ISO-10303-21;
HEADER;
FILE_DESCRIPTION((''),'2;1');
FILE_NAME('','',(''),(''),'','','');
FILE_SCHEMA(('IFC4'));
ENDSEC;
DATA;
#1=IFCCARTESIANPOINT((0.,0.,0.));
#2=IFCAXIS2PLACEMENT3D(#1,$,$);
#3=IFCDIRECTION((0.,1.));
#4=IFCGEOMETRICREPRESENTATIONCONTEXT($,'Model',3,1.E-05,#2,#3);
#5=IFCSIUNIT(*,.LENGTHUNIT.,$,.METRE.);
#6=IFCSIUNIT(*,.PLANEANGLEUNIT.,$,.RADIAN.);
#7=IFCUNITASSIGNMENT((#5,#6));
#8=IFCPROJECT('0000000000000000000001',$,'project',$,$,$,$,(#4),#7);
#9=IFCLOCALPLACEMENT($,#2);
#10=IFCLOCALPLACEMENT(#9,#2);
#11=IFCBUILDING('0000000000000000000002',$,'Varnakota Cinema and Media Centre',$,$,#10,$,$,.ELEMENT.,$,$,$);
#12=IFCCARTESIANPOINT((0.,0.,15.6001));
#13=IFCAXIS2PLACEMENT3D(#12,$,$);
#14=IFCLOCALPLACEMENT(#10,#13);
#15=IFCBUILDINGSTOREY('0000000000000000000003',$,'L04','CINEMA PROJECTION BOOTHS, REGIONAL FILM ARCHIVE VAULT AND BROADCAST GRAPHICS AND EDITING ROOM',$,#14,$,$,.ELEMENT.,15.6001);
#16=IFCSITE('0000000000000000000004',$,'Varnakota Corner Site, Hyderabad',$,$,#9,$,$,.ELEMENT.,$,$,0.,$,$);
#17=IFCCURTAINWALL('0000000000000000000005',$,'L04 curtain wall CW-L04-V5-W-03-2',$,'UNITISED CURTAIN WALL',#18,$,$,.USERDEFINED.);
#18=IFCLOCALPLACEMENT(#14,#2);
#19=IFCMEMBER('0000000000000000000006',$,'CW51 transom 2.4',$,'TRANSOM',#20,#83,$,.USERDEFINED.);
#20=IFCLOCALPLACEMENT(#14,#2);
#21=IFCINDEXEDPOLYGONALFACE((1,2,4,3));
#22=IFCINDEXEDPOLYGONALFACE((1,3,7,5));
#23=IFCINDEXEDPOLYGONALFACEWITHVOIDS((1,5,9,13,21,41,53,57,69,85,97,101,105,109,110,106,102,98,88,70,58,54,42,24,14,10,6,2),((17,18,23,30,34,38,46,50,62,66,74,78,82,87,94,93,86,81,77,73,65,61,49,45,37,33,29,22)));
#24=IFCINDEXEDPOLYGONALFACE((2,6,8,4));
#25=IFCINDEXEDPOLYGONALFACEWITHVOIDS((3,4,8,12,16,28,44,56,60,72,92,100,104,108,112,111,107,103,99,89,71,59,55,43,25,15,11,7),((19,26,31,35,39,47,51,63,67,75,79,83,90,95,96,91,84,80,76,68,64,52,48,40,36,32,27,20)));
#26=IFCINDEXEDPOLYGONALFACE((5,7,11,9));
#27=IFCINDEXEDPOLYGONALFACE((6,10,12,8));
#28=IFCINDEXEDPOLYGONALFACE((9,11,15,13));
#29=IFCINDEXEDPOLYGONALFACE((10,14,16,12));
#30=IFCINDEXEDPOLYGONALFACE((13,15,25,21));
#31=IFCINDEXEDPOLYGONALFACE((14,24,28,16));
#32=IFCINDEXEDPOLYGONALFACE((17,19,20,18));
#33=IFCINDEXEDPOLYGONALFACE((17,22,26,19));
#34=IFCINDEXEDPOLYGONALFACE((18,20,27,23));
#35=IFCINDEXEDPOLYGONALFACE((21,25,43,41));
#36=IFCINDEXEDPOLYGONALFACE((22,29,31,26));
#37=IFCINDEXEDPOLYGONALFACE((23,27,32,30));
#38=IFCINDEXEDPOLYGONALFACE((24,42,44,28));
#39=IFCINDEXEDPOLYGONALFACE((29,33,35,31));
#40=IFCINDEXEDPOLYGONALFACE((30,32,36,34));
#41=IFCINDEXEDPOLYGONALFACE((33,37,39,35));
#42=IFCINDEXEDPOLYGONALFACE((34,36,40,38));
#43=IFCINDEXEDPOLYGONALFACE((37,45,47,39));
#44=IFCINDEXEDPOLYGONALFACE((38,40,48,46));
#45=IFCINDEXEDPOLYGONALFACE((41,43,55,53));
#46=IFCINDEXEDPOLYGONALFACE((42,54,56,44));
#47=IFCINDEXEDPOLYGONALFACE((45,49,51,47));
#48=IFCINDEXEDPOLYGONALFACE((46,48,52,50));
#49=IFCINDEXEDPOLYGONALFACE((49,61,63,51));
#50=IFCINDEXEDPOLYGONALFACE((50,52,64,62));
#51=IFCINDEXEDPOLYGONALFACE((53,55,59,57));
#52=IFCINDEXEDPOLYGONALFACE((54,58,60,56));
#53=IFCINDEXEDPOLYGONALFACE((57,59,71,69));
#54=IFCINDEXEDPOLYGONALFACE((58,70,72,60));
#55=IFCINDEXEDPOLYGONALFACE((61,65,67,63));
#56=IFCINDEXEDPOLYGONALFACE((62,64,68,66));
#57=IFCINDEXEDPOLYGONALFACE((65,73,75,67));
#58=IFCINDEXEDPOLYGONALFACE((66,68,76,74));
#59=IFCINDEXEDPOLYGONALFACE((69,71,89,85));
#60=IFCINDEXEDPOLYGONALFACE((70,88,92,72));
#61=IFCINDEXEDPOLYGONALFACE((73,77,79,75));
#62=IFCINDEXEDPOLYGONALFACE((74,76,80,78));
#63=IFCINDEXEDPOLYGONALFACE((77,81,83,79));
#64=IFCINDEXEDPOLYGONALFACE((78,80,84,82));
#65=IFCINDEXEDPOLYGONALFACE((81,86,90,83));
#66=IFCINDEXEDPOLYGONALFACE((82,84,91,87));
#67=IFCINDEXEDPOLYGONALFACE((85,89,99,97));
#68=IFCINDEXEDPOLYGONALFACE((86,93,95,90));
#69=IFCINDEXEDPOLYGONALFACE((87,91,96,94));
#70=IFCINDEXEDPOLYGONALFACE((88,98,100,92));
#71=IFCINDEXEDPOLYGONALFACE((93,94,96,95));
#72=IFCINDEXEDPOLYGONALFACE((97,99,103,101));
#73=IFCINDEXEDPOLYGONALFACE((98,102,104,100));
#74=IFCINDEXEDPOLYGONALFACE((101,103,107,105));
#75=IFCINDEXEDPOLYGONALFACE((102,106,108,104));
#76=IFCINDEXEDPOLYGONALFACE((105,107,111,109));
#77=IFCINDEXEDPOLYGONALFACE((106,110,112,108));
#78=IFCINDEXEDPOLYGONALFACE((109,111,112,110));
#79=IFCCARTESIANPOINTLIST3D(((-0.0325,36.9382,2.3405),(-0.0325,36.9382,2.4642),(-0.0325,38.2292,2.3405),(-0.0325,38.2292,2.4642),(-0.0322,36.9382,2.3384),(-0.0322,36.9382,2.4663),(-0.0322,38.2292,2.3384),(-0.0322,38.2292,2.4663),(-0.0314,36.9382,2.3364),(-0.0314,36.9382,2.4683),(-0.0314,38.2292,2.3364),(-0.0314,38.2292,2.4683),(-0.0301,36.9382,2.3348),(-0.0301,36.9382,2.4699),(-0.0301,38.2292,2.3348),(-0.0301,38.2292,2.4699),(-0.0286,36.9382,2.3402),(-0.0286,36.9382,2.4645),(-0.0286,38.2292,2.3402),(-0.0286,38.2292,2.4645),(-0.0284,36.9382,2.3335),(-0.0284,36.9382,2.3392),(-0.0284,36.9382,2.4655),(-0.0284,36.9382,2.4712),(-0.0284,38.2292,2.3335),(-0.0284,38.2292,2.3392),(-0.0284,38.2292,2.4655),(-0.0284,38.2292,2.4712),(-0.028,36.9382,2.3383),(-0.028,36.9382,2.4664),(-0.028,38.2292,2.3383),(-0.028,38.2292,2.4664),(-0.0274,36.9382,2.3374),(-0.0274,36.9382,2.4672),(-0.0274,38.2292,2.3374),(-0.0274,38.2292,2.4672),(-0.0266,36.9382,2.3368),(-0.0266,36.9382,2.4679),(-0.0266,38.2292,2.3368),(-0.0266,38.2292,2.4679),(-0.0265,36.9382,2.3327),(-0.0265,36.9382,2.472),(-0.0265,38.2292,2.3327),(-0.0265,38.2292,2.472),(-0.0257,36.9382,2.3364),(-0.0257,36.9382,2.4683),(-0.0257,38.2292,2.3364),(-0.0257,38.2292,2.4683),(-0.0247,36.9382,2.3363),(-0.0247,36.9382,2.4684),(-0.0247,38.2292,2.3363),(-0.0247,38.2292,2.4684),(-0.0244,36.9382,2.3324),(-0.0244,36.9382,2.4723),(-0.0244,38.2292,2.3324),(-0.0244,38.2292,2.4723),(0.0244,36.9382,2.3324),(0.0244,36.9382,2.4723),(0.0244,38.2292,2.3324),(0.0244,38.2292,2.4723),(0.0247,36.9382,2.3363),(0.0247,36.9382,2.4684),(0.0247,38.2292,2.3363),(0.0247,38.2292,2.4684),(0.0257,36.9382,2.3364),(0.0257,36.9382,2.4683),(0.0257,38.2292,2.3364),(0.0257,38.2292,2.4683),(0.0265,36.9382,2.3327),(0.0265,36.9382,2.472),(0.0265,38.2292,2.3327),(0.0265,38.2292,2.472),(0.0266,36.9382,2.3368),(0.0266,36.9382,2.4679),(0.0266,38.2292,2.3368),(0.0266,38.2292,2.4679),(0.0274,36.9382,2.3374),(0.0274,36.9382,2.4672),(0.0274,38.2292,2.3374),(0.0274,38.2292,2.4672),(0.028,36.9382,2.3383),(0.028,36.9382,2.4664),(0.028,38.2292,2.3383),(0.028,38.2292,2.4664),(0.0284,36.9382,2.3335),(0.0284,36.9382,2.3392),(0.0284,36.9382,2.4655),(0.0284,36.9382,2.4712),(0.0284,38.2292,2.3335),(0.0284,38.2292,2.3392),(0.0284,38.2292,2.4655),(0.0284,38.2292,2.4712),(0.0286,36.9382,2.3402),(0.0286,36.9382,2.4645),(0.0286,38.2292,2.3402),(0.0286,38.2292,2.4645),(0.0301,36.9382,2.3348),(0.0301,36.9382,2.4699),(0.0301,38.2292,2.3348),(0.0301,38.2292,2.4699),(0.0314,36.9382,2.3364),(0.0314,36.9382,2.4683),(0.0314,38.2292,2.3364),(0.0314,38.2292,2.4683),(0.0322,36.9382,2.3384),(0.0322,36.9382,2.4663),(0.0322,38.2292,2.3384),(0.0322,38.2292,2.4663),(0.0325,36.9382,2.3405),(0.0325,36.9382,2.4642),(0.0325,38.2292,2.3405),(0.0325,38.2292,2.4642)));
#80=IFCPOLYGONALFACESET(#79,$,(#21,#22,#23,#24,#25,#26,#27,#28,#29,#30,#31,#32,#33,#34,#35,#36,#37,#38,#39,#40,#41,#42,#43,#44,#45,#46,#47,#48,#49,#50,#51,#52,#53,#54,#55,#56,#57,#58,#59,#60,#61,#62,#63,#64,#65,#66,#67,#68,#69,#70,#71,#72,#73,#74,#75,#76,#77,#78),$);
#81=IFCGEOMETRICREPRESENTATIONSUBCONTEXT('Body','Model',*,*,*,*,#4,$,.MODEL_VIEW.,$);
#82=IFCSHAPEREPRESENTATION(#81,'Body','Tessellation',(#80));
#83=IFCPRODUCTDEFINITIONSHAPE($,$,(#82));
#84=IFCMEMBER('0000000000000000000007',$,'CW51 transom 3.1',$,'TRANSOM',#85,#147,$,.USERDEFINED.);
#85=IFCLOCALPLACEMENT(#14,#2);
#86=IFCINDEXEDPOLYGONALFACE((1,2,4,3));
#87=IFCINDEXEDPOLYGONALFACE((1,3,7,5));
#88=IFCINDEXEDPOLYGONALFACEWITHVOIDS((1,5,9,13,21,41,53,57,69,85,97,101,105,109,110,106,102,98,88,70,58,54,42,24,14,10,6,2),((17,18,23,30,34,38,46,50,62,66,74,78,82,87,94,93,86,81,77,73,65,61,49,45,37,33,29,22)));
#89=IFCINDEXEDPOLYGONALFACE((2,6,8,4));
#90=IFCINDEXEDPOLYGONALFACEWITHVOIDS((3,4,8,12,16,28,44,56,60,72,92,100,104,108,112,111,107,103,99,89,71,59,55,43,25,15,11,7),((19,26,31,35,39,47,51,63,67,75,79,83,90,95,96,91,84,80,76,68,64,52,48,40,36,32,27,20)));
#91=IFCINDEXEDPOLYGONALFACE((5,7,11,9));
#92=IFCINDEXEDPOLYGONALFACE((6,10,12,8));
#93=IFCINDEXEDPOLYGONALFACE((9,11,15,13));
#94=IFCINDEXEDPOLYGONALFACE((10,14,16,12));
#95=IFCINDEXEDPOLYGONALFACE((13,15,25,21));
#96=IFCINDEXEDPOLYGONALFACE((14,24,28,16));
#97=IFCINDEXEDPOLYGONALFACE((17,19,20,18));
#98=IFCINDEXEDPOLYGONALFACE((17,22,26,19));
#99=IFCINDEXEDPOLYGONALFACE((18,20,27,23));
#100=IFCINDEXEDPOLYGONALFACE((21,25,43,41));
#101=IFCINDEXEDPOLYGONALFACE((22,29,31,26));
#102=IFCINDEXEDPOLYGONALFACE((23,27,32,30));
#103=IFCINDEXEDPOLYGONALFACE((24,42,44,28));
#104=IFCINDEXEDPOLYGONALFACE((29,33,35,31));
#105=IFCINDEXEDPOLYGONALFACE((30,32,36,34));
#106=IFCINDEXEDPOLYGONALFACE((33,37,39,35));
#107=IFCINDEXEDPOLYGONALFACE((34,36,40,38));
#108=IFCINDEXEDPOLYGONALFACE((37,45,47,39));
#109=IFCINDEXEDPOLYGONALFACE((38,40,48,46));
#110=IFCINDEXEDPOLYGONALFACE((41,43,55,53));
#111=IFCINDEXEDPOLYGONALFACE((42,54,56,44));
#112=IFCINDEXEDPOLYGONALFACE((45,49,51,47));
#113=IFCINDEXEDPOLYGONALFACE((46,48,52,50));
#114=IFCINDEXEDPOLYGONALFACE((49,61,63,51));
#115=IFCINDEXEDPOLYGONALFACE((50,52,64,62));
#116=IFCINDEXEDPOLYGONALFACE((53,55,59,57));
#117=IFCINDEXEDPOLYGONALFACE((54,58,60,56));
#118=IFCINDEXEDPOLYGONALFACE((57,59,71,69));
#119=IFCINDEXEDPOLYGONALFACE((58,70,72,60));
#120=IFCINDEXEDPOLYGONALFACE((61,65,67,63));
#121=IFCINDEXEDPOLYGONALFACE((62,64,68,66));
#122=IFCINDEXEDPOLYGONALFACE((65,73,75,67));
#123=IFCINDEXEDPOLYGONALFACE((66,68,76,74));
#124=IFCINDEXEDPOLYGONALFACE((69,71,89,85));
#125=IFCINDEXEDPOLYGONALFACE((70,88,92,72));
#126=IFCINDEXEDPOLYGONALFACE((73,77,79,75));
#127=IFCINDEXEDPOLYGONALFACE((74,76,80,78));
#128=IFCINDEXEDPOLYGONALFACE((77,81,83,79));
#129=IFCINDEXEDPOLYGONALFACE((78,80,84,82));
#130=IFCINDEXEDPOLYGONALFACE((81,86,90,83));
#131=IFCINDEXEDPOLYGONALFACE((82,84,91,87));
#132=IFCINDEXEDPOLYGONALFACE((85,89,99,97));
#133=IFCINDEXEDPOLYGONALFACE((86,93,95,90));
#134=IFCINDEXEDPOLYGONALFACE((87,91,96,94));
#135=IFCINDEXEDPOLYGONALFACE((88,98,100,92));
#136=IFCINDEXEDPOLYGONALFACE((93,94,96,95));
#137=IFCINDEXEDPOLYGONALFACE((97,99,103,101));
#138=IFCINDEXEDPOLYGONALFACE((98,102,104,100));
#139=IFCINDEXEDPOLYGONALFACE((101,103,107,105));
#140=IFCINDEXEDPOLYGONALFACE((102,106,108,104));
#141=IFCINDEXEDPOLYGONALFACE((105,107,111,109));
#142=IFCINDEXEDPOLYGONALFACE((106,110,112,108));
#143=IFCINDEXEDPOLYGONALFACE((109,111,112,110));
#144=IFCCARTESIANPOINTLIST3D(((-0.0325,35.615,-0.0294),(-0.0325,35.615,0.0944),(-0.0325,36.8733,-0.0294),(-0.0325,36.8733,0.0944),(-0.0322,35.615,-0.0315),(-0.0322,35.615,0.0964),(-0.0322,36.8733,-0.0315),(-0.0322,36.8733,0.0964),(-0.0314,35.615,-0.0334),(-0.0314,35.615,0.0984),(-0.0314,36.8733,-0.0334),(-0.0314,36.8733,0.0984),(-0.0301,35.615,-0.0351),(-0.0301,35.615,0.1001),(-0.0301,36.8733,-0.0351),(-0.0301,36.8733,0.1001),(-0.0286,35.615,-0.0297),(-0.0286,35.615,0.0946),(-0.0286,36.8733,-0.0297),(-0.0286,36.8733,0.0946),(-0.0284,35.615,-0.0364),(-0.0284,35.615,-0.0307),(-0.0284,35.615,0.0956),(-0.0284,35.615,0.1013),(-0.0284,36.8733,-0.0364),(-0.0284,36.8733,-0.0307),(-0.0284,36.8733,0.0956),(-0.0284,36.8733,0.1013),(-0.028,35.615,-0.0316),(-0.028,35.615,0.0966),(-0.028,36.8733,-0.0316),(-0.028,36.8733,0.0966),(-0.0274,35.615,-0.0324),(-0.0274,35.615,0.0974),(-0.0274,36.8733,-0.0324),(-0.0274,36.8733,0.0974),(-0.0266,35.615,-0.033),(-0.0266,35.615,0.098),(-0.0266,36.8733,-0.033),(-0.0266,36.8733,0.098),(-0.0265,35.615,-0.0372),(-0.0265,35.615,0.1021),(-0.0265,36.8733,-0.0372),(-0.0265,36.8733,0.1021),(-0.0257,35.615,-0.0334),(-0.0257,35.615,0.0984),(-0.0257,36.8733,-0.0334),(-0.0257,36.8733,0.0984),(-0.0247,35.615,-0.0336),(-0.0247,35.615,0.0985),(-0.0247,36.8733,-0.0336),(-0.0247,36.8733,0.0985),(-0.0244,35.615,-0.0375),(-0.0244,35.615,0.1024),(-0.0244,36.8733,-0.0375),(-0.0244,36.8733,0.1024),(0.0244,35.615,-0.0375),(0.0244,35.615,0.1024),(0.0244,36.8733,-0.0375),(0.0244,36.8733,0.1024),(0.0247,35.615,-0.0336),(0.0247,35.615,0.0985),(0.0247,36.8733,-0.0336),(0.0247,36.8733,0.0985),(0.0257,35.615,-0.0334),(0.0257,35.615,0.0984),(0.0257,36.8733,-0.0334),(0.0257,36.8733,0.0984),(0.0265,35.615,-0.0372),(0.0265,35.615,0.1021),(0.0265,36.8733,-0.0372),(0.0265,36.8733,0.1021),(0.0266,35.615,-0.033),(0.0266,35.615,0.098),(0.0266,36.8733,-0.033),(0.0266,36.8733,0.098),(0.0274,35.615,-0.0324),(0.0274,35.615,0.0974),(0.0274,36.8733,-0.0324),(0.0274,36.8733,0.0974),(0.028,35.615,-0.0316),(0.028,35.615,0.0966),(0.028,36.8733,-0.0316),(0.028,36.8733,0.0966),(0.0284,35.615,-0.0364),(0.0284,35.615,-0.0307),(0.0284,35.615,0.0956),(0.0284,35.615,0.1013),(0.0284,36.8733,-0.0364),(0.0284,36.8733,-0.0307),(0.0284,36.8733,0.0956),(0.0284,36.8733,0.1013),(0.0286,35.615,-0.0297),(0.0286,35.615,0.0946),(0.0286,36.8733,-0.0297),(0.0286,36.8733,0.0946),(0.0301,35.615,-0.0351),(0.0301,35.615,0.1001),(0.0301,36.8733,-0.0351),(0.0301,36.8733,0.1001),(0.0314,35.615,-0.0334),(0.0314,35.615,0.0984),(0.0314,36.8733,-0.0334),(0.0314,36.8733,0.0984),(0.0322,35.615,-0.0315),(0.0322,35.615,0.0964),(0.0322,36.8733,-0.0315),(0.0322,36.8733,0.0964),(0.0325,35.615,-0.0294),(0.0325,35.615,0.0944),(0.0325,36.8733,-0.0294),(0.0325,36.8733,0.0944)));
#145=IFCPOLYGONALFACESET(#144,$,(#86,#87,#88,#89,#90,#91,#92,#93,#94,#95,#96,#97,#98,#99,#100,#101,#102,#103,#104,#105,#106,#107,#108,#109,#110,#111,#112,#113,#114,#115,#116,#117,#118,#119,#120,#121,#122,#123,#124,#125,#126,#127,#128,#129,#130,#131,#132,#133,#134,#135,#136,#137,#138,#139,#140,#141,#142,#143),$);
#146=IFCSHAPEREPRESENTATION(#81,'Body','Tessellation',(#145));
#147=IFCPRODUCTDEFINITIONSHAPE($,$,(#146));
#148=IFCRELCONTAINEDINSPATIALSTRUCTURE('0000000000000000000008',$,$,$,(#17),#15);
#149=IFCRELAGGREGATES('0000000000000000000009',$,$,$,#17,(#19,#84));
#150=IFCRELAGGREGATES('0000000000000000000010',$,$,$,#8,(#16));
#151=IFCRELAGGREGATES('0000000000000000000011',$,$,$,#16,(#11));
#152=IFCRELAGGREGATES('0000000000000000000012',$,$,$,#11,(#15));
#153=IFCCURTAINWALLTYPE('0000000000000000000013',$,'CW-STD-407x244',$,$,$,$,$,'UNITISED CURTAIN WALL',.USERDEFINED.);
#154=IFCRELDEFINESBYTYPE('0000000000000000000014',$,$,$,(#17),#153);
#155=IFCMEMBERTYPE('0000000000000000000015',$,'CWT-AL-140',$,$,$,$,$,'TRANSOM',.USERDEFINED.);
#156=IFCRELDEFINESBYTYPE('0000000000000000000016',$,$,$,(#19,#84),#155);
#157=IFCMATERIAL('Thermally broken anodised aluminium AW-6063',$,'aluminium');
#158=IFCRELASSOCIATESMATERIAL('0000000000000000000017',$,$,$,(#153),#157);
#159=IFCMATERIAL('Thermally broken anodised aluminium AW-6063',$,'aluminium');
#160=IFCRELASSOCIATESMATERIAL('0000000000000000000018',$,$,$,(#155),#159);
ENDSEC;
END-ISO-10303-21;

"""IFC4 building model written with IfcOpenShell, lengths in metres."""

from ifc_helpers import new_model, si_unit, direction, frame, origin, origin_2d, place, context, subcontext, project, spatial, hollow_rectangle, extrude, material, material_profile, profile_set, type_object, element, aggregate, save


model = new_model("IFC4")

# Units and contexts
model_context = context("Model", 3, precision=1e-05, world=origin(), true_north=direction((0.0, 1.0)))
body_context = subcontext(model_context, "Body", "Model", "MODEL_VIEW")
ifc_project = project(units=[si_unit("LENGTHUNIT", "METRE"), si_unit("PLANEANGLEUNIT", "RADIAN")], contexts=[model_context])

# Site, building, storey
site_placement = place(None, origin())
site = spatial("IfcSite", under=ifc_project, at=site_placement, Name="Varnakota Corner Site, Hyderabad", CompositionType="ELEMENT", RefElevation=0.0)
building_placement = place(site_placement, origin())
building = spatial("IfcBuilding", under=site, at=building_placement, Name="Varnakota Cinema and Media Centre", CompositionType="ELEMENT")
storey_placement = place(building_placement, frame((0.0, 0.0, 15.6001)))
storey = spatial("IfcBuildingStorey", under=building, at=storey_placement, Name="L04", Description="CINEMA PROJECTION BOOTHS, REGIONAL FILM ARCHIVE VAULT AND BROADCAST GRAPHICS AND EDITING ROOM", CompositionType="ELEMENT", Elevation=15.6001)

# Shared definitions
ifc_material_1 = material(Name="Thermally broken anodised aluminium AW-6063", Category="aluminium")
curtain_wall_type = type_object("IfcCurtainWallType", Name="CW-STD-407x244", ElementType="UNITISED CURTAIN WALL", PredefinedType="USERDEFINED", material=ifc_material_1)

# Curtain wall, members
curtain_wall_1_placement = place(storey_placement, origin())
curtain_wall_1 = element("IfcCurtainWall", 1, at=curtain_wall_1_placement, inside=storey, type_object=curtain_wall_type, Name="L04 curtain wall CW-L04-V5-W-03-2", ObjectType="UNITISED CURTAIN WALL", PredefinedType="USERDEFINED")
ifc_material_2 = material(Name="Thermally broken anodised aluminium AW-6063", Category="aluminium")
ifc_material_profile_1 = material_profile(ifc_material_2, hollow_rectangle(XDim=0.0649, YDim=0.1399, WallThickness=0.0039, InnerFilletRadius=0.0039, OuterFilletRadius=0.0081, at=origin_2d()), Name="AL-TRANSOM 140x65x4")
ifc_profile_set_1 = profile_set([ifc_material_profile_1], Name="Thermally broken anodised aluminium AW-6063")
member_type_1 = type_object("IfcMemberType", Name="CWT-AL-140", ElementType="TRANSOM", PredefinedType="USERDEFINED", material=ifc_profile_set_1)
member_1_placement = place(storey_placement, frame((0.0, 38.2292, 2.4023), z_axis=(0.0, -1.0, 0.0), x_axis=(1.0, 0.0, 0.0)))
member_1 = element("IfcMember", 2, at=member_1_placement, type_object=member_type_1, Name="CW51 transom 2.4", ObjectType="TRANSOM", PredefinedType="USERDEFINED", context=body_context, shape_type="SweptSolid", body=[
    extrude(hollow_rectangle(XDim=0.0649, YDim=0.1399, WallThickness=0.0039, InnerFilletRadius=0.0039, OuterFilletRadius=0.0081, at=origin_2d()), origin(), (0.0, 0.0, 1.0), 1.291),
])
member_2_placement = place(storey_placement, frame((0.0, 36.8733, 0.0325), z_axis=(0.0, -1.0, 0.0), x_axis=(1.0, 0.0, 0.0)))
member_2 = element("IfcMember", 3, at=member_2_placement, type_object=member_type_1, Name="CW51 transom 3.1", ObjectType="TRANSOM", PredefinedType="USERDEFINED", context=body_context, shape_type="SweptSolid", body=[
    extrude(hollow_rectangle(XDim=0.0649, YDim=0.1399, WallThickness=0.0039, InnerFilletRadius=0.0039, OuterFilletRadius=0.0081, at=origin_2d()), origin(), (0.0, 0.0, 1.0), 1.2583),
])

aggregate(curtain_wall_1, [member_1, member_2])

save(model, "model.ifc")
